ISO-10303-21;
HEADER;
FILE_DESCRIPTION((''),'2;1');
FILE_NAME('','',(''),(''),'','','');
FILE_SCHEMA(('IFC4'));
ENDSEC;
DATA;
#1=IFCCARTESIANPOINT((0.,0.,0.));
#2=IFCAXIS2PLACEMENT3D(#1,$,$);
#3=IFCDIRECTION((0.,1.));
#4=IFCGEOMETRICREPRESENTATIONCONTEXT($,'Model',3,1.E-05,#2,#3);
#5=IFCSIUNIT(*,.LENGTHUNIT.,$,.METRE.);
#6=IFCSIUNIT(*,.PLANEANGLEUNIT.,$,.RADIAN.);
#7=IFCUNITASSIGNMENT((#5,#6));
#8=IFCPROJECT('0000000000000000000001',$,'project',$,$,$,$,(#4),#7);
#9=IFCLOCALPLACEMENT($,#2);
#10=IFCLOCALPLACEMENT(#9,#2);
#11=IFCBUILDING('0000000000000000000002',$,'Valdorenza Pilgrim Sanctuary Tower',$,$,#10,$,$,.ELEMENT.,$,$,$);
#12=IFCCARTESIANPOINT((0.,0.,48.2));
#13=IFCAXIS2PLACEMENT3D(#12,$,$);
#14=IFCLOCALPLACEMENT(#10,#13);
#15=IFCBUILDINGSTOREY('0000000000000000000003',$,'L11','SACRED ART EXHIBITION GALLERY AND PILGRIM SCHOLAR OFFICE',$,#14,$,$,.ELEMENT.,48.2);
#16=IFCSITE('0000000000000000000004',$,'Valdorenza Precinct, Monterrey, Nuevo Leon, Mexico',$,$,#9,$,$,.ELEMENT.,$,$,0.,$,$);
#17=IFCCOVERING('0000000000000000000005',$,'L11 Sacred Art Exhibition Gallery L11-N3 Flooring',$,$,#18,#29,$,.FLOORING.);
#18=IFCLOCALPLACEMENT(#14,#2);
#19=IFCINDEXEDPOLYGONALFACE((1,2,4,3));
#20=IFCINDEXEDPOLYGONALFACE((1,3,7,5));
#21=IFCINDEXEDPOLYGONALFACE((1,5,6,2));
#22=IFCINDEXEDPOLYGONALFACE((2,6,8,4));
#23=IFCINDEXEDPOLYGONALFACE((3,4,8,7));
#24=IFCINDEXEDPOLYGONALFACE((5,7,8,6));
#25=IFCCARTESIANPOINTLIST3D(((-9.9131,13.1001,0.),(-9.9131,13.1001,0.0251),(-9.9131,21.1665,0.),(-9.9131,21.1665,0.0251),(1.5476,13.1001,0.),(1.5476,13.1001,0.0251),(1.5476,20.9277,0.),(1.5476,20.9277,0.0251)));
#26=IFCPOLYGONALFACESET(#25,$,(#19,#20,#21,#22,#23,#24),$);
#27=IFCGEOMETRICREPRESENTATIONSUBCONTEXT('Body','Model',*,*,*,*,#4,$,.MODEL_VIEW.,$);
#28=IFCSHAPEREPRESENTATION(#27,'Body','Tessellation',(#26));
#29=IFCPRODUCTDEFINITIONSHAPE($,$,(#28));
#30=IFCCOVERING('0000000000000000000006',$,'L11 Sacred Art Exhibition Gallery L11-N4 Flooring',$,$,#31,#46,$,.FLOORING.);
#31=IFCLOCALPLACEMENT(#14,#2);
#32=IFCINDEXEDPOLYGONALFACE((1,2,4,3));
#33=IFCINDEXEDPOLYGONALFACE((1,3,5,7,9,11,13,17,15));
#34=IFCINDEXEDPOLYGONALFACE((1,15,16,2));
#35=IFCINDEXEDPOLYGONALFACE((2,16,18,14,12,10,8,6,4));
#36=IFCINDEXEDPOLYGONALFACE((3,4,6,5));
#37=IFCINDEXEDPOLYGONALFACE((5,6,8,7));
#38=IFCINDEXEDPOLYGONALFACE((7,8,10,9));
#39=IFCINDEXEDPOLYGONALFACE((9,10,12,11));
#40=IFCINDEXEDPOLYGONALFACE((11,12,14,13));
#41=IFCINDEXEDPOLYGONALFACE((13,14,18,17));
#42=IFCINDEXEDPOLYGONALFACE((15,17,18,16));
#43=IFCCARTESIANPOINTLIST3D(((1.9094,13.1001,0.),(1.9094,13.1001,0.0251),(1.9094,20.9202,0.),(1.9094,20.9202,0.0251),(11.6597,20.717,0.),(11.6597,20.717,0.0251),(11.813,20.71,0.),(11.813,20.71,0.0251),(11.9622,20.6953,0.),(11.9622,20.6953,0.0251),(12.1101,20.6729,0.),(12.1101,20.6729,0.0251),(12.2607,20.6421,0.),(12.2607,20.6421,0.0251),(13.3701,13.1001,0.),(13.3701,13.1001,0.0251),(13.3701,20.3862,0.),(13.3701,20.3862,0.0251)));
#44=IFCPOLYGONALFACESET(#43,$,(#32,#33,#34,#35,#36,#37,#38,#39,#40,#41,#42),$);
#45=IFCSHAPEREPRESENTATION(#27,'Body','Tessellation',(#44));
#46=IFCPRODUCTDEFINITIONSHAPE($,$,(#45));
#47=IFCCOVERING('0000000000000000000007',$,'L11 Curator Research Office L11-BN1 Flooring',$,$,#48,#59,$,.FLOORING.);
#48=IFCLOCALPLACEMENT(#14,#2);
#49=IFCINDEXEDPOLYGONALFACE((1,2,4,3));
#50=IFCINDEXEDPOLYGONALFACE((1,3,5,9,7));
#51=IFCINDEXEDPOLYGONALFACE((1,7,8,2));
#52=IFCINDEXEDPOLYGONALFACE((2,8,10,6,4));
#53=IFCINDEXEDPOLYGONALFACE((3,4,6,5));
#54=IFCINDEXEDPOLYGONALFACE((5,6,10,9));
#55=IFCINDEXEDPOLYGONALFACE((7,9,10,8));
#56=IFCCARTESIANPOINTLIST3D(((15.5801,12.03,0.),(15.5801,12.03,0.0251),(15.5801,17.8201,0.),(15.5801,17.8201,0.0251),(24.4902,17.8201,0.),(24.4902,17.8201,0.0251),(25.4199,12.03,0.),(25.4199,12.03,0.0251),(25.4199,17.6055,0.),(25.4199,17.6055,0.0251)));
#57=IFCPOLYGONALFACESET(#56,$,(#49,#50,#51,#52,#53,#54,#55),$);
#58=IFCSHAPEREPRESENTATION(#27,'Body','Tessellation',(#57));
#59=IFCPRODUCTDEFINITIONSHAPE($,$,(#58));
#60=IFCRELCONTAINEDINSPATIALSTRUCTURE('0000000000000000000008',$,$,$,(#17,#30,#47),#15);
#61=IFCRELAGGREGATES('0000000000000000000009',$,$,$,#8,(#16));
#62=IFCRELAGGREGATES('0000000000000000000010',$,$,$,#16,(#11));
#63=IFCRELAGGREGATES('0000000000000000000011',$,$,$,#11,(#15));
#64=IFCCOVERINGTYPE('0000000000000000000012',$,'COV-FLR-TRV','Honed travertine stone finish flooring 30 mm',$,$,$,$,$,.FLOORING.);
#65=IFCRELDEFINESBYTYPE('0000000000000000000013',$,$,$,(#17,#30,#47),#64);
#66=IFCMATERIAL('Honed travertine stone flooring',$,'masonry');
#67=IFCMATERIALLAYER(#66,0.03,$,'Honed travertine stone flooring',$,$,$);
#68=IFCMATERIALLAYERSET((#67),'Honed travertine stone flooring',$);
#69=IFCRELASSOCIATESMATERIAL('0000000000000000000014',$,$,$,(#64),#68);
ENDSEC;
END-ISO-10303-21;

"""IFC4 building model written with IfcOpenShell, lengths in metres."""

from ifc_helpers import new_model, si_unit, direction, frame, origin, place, context, subcontext, project, spatial, polyline, outline, extrude, material, layer, layer_set, type_object, element, save


model = new_model("IFC4")

# Units and contexts
model_context = context("Model", 3, precision=1e-05, world=origin(), true_north=direction((0.0, 1.0)))
body_context = subcontext(model_context, "Body", "Model", "MODEL_VIEW")
ifc_project = project(units=[si_unit("LENGTHUNIT", "METRE"), si_unit("PLANEANGLEUNIT", "RADIAN")], contexts=[model_context])

# Site, building, storey
site_placement = place(None, origin())
site = spatial("IfcSite", under=ifc_project, at=site_placement, Name="Valdorenza Precinct, Monterrey, Nuevo Leon, Mexico", CompositionType="ELEMENT", RefElevation=0.0)
building_placement = place(site_placement, origin())
building = spatial("IfcBuilding", under=site, at=building_placement, Name="Valdorenza Pilgrim Sanctuary Tower", CompositionType="ELEMENT")
storey_placement = place(building_placement, frame((0.0, 0.0, 48.2)))
storey = spatial("IfcBuildingStorey", under=building, at=storey_placement, Name="L11", Description="SACRED ART EXHIBITION GALLERY AND PILGRIM SCHOLAR OFFICE", CompositionType="ELEMENT", Elevation=48.2)

# Coverings
ifc_material_1 = material(Name="Honed travertine stone flooring", Category="masonry")
ifc_layer_1 = layer(ifc_material_1, 0.03, Name="Honed travertine stone flooring")
ifc_layer_set_1 = layer_set([ifc_layer_1], Name="Honed travertine stone flooring")
covering_type_1 = type_object("IfcCoveringType", Name="COV-FLR-TRV", Description="Honed travertine stone finish flooring 30 mm", PredefinedType="FLOORING", material=ifc_layer_set_1)
covering_1_placement = place(storey_placement, origin())
element("IfcCovering", 1, at=covering_1_placement, inside=storey, type_object=covering_type_1, Name="L11 Sacred Art Exhibition Gallery L11-N3 Flooring", PredefinedType="FLOORING", context=body_context, shape_type="SweptSolid", body=[
    extrude(outline(polyline([(-9.9131, 13.1001), (-9.9131, 21.1665), (1.5476, 20.9277), (1.5476, 13.1001), (-9.9131, 13.1001)])), origin(), (0.0, 0.0, 1.0), 0.0251),
])
covering_2_placement = place(storey_placement, origin())
element("IfcCovering", 2, at=covering_2_placement, inside=storey, type_object=covering_type_1, Name="L11 Sacred Art Exhibition Gallery L11-N4 Flooring", PredefinedType="FLOORING", context=body_context, shape_type="SweptSolid", body=[
    extrude(outline(polyline([(1.9094, 13.1001), (1.9094, 20.9202), (11.6597, 20.717), (11.813, 20.71), (11.9622, 20.6953), (12.1101, 20.6729), (12.2607, 20.6421), (13.3701, 20.3862), (13.3701, 13.1001), (1.9094, 13.1001)])), origin(), (0.0, 0.0, 1.0), 0.0251),
])
covering_3_placement = place(storey_placement, origin())
element("IfcCovering", 3, at=covering_3_placement, inside=storey, type_object=covering_type_1, Name="L11 Curator Research Office L11-BN1 Flooring", PredefinedType="FLOORING", context=body_context, shape_type="SweptSolid", body=[
    extrude(outline(polyline([(15.5801, 12.03), (15.5801, 17.8201), (24.4902, 17.8201), (25.4199, 17.6055), (25.4199, 12.03), (15.5801, 12.03)])), origin(), (0.0, 0.0, 1.0), 0.0251),
])

save(model, "model.ifc")
